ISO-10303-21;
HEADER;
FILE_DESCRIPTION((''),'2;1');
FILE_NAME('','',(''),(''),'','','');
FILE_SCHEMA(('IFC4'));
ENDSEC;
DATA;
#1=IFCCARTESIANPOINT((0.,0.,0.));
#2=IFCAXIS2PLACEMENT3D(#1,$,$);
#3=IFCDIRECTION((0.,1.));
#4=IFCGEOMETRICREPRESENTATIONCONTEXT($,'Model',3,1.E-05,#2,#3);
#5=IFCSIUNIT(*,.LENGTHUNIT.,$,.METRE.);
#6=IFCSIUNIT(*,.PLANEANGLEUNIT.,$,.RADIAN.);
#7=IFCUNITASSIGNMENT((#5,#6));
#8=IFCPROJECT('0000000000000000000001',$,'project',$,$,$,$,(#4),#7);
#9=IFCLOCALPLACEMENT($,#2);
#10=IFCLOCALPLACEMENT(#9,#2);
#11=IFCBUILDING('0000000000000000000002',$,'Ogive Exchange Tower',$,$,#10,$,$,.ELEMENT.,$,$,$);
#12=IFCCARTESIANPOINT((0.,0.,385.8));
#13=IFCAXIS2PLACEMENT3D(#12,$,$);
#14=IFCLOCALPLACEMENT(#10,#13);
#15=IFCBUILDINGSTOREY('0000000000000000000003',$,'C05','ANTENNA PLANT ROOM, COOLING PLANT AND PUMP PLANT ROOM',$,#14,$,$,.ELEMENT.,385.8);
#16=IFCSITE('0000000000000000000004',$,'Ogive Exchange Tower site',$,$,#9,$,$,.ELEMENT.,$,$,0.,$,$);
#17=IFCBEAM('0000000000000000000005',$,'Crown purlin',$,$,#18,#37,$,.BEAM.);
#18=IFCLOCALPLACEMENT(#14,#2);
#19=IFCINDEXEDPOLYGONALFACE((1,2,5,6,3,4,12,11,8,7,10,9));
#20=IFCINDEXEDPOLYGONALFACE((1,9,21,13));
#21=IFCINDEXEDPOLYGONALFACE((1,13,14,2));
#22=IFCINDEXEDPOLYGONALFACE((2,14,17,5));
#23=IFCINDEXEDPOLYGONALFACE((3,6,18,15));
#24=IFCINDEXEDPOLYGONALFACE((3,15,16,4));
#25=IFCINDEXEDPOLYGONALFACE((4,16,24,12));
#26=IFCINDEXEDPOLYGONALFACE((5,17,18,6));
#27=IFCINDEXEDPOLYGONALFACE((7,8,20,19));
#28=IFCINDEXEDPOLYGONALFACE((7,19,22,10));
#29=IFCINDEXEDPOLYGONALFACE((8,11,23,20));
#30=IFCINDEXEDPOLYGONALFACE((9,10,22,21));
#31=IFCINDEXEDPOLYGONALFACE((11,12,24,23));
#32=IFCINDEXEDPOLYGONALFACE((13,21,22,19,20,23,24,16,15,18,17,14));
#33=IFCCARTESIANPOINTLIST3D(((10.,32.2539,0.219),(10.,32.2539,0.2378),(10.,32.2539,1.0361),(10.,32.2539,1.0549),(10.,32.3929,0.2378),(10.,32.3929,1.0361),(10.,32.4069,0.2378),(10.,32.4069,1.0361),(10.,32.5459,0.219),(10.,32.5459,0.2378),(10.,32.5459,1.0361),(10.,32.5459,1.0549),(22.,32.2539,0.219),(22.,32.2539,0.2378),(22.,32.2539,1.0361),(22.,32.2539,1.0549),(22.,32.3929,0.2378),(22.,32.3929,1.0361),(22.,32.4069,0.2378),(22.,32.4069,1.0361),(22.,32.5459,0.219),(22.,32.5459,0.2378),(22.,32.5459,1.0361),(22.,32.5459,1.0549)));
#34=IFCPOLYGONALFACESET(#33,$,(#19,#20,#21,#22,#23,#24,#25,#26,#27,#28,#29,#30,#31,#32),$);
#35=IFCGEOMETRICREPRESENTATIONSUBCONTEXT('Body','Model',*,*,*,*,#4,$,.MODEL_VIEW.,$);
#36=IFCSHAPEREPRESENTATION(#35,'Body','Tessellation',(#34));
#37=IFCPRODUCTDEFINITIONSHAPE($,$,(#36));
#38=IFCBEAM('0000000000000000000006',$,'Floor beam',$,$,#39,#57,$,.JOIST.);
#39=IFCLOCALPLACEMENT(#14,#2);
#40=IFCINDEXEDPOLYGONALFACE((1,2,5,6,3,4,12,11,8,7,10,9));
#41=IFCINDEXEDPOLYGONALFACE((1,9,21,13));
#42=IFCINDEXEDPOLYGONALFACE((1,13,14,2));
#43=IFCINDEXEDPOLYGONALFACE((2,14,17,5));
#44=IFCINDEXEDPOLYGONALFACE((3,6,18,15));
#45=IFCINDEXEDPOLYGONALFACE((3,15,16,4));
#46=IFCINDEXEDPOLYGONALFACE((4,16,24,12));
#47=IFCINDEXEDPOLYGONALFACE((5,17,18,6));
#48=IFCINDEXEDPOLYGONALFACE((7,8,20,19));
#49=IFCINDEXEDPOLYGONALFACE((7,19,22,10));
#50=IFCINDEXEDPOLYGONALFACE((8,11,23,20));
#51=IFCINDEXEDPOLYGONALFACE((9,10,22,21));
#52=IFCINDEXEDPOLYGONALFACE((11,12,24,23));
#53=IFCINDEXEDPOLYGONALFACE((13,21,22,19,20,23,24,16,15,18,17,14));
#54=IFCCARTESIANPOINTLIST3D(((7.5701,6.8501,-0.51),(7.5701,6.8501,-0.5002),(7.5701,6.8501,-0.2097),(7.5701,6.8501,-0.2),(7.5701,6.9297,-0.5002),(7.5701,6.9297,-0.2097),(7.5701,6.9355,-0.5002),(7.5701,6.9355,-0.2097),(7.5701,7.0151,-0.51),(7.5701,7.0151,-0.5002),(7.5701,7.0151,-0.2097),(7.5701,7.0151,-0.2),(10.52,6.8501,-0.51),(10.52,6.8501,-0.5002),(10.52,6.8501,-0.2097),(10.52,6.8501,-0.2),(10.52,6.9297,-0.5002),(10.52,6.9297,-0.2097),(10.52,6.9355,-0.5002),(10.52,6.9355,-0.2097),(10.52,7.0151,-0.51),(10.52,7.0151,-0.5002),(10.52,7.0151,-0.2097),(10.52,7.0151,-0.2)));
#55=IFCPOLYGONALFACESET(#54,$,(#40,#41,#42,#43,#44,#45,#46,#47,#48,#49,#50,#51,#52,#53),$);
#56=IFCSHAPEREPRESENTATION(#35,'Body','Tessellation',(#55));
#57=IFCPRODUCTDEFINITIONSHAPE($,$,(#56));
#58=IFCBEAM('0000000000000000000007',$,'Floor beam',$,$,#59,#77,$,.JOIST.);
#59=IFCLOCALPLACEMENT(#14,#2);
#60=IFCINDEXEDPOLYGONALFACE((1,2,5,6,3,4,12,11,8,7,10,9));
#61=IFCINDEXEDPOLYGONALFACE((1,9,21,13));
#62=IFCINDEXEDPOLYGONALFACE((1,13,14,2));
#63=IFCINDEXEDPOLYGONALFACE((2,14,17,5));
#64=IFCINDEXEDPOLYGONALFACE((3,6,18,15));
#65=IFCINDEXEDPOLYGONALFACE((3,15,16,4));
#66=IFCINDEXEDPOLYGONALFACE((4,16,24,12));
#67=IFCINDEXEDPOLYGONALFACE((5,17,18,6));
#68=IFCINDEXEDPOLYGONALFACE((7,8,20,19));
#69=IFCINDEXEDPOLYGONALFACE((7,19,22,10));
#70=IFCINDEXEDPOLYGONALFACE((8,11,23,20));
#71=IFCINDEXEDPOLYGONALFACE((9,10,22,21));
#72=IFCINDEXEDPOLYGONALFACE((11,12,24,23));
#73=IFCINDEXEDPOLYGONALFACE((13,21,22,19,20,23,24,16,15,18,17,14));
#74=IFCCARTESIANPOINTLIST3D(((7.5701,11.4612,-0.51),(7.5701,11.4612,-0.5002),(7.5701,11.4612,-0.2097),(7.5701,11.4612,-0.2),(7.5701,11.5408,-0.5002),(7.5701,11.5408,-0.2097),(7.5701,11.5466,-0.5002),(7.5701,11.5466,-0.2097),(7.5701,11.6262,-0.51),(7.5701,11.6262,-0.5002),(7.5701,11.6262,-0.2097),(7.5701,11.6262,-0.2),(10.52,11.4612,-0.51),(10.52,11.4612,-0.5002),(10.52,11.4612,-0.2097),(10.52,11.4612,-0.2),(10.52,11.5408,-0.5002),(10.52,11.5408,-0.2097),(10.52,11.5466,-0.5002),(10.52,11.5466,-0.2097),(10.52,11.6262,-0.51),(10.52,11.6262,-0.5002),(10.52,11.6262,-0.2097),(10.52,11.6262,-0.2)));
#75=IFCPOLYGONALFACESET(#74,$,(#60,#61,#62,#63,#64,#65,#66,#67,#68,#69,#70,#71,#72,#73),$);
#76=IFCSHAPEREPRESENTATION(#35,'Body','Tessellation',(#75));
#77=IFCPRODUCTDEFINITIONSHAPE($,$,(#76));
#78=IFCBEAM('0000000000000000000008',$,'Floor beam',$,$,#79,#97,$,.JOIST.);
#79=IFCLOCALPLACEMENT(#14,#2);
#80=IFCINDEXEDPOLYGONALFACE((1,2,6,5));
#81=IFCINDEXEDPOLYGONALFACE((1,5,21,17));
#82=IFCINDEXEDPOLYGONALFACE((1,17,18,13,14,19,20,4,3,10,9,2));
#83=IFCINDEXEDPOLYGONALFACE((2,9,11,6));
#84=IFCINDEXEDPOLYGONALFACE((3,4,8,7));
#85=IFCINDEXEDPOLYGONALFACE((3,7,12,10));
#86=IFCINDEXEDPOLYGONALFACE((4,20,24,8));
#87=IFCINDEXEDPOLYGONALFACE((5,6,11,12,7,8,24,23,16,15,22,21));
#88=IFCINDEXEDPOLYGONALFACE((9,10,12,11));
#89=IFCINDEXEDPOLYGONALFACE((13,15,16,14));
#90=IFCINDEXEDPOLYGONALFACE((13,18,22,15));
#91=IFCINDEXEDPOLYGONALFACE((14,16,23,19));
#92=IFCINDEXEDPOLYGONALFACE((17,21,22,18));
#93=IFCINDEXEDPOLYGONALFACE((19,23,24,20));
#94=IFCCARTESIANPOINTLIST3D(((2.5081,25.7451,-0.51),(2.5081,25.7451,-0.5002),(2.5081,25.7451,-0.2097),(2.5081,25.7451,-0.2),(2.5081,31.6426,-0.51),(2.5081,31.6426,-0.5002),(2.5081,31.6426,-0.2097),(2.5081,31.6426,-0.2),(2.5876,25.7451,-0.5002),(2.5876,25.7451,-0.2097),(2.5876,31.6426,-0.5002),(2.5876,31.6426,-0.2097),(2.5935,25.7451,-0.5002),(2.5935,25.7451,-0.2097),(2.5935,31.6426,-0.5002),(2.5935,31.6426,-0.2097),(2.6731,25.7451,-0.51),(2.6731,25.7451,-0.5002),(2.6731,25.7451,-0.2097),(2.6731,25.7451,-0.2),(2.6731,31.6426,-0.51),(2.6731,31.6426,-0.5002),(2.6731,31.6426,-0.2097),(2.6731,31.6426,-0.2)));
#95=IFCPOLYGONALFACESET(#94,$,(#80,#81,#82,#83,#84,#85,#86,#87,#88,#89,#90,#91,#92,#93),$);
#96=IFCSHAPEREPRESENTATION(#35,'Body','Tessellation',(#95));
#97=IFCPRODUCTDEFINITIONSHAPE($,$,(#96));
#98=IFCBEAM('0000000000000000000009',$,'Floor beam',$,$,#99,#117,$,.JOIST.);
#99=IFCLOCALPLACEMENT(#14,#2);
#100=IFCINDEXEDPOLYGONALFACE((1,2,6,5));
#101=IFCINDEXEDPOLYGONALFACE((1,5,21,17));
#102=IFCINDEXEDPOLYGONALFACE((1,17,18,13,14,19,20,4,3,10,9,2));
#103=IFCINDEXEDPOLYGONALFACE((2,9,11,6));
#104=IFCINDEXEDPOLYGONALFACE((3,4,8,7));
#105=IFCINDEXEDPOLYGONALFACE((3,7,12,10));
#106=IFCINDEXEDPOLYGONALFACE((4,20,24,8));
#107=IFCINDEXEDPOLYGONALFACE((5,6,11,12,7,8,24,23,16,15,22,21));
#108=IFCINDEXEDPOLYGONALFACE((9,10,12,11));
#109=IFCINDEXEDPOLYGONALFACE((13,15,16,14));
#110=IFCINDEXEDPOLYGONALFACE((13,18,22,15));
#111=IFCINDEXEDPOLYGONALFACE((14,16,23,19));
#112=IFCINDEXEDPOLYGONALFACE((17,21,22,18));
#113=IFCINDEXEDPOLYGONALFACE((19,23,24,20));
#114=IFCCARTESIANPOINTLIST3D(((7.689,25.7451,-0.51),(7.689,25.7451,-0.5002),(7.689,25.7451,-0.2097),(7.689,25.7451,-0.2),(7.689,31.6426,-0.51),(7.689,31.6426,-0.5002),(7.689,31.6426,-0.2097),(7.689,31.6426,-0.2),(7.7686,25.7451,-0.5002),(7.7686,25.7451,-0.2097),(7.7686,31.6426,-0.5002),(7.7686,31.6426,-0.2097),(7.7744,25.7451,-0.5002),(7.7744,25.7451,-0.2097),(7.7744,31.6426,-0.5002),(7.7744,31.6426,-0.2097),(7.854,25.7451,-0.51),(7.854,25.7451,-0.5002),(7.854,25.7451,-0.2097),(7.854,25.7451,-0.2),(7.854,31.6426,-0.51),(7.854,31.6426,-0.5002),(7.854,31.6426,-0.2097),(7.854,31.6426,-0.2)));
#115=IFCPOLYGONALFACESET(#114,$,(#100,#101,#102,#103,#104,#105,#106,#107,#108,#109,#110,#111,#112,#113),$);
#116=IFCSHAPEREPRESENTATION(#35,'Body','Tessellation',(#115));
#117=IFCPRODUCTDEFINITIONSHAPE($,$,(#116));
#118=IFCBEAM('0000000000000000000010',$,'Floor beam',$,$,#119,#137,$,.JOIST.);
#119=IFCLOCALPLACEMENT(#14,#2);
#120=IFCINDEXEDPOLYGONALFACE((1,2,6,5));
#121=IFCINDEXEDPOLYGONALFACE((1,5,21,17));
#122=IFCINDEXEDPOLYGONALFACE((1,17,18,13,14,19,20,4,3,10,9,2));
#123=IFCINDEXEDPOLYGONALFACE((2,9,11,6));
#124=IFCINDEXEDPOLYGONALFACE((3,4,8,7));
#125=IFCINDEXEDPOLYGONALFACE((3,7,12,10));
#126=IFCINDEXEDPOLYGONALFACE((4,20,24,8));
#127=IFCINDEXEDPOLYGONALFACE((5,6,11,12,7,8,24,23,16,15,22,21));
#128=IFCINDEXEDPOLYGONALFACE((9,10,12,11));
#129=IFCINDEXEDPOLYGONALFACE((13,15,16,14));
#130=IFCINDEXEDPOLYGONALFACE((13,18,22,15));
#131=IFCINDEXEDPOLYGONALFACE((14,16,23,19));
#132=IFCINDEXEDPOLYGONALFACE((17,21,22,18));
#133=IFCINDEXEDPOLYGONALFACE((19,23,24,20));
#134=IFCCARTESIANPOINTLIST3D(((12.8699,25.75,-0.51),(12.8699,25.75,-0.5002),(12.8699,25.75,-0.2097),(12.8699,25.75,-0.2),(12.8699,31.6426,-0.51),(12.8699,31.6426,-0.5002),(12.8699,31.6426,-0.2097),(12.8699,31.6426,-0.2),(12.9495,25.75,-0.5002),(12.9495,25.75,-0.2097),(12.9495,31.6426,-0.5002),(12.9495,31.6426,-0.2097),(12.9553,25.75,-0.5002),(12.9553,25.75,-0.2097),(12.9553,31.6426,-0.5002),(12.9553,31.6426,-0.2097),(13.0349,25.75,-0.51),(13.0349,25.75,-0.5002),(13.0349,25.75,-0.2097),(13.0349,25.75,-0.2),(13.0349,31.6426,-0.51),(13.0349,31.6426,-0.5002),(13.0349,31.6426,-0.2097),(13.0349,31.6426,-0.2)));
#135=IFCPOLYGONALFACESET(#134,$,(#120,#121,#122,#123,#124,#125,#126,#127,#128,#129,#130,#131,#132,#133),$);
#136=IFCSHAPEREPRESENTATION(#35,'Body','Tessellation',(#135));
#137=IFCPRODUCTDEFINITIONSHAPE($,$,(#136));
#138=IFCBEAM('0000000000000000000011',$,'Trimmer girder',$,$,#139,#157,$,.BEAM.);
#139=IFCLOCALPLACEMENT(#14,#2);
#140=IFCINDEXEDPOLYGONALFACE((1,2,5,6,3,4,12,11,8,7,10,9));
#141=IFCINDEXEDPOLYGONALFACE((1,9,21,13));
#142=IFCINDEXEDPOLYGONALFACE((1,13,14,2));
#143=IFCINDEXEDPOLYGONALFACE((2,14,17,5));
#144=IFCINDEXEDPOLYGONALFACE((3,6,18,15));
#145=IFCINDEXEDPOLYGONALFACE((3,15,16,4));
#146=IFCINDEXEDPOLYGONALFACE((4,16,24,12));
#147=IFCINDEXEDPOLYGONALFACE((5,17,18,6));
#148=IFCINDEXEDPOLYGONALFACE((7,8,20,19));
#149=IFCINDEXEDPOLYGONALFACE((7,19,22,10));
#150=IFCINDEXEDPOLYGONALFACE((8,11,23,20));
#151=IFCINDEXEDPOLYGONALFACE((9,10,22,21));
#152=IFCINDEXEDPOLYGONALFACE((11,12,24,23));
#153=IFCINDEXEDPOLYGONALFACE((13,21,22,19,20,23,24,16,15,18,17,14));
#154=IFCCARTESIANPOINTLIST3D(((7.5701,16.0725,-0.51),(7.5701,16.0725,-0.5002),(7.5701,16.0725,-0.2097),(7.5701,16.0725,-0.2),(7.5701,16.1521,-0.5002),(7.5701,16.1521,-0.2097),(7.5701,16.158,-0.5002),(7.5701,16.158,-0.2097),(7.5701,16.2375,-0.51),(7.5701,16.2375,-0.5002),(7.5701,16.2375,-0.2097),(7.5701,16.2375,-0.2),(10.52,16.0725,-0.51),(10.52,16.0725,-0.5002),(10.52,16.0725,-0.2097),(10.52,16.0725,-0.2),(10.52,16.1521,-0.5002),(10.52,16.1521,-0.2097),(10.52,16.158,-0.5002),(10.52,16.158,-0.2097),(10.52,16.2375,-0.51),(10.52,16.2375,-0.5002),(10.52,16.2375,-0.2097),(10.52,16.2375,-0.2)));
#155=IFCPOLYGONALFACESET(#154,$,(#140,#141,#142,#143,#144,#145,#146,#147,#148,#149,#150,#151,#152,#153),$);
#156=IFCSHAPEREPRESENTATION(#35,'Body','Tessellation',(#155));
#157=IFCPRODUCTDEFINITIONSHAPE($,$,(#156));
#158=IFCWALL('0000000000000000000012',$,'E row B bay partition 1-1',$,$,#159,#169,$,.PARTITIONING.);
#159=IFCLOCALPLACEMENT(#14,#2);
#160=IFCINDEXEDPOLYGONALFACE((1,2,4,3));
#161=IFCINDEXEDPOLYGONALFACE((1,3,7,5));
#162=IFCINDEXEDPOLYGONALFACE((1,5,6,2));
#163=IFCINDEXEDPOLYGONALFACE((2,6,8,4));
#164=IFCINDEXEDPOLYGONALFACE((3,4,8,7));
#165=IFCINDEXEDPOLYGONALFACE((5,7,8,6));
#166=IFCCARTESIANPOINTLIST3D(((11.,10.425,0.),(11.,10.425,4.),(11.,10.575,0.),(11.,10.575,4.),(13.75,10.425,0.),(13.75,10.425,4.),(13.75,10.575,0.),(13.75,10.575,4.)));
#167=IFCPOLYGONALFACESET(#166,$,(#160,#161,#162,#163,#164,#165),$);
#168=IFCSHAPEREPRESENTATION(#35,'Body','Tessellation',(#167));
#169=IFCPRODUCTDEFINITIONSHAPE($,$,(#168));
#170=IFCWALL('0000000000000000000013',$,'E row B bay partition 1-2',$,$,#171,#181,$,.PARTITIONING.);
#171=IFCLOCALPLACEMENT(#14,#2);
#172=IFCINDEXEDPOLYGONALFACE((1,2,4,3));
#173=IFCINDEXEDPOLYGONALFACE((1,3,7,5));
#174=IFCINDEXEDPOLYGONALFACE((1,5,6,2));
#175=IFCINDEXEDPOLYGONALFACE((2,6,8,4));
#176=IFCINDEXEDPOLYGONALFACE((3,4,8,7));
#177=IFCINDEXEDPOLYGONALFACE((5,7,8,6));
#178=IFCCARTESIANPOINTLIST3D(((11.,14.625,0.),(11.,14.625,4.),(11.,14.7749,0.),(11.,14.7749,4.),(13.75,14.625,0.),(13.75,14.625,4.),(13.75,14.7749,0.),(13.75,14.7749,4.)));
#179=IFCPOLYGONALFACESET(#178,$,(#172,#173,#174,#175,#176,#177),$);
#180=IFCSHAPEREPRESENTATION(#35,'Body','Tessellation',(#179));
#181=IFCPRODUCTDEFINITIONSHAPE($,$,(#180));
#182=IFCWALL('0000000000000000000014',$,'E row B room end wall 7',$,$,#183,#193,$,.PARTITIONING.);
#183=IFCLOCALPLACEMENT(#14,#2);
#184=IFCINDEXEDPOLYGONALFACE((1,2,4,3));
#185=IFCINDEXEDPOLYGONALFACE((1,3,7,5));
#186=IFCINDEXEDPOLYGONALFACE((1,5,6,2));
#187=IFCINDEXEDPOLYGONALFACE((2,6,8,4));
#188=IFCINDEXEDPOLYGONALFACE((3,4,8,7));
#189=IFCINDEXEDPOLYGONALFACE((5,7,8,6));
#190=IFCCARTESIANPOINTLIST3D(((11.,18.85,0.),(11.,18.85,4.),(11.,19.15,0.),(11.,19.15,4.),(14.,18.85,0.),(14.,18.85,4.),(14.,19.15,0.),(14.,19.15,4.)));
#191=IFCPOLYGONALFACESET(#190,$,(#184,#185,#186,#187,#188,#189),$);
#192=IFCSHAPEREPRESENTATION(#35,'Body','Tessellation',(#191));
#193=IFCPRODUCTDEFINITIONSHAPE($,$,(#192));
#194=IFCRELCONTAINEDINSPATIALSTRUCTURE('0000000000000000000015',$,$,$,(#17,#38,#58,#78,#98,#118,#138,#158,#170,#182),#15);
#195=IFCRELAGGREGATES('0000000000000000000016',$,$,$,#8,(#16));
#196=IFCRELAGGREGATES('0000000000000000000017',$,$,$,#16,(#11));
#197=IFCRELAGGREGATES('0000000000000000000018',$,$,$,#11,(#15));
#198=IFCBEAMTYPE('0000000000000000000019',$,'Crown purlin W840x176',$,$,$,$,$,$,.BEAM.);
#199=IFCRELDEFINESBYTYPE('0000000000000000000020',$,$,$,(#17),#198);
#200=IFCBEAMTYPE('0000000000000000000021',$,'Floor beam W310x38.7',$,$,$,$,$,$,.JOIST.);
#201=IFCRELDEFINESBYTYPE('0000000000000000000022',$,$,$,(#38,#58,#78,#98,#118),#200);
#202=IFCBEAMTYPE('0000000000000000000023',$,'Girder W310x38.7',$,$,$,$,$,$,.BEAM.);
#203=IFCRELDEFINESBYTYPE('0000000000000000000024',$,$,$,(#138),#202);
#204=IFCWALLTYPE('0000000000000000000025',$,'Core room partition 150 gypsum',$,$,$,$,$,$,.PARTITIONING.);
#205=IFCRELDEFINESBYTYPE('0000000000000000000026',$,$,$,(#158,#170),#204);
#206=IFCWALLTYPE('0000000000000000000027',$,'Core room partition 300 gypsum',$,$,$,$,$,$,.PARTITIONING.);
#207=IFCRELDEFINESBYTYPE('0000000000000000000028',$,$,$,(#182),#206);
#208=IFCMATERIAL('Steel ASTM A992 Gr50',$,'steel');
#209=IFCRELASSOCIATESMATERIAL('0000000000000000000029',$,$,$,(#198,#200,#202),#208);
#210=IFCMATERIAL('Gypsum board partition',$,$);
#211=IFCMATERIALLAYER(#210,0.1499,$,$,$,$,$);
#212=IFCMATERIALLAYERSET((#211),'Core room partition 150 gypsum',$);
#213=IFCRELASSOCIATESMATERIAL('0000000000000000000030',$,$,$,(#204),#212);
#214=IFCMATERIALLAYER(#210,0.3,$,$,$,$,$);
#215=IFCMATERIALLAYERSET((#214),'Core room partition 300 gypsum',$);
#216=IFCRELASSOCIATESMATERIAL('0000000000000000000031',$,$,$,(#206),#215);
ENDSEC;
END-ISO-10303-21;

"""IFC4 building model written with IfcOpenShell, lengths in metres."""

from ifc_helpers import new_model, si_unit, direction, frame, frame_2d, origin, origin_2d, place, context, subcontext, project, spatial, rectangle, i_section, extrude, material, layer, layer_set, material_profile, profile_set, type_object, element, save


model = new_model("IFC4")

# Units and contexts
model_context = context("Model", 3, precision=1e-05, world=origin(), true_north=direction((0.0, 1.0)))
body_context = subcontext(model_context, "Body", "Model", "MODEL_VIEW")
ifc_project = project(units=[si_unit("LENGTHUNIT", "METRE"), si_unit("PLANEANGLEUNIT", "RADIAN")], contexts=[model_context])

# Site, building, storey
site_placement = place(None, origin())
site = spatial("IfcSite", under=ifc_project, at=site_placement, Name="Ogive Exchange Tower site", CompositionType="ELEMENT", RefElevation=0.0)
building_placement = place(site_placement, origin())
building = spatial("IfcBuilding", under=site, at=building_placement, Name="Ogive Exchange Tower", CompositionType="ELEMENT")
storey_placement = place(building_placement, frame((0.0, 0.0, 385.8)))
storey = spatial("IfcBuildingStorey", under=building, at=storey_placement, Name="C05", Description="ANTENNA PLANT ROOM, COOLING PLANT AND PUMP PLANT ROOM", CompositionType="ELEMENT", Elevation=385.8)

# Beams
ifc_material_1 = material(Name="Steel ASTM A992 Gr50", Category="steel")
ifc_material_profile_1 = material_profile(ifc_material_1, i_section(OverallWidth=0.292, OverallDepth=0.8359, WebThickness=0.0139, FlangeThickness=0.0188, at=origin_2d()), Name="W840x176")
ifc_profile_set_1 = profile_set([ifc_material_profile_1], Name="Steel ASTM A992 Gr50")
beam_type_1 = type_object("IfcBeamType", Name="Crown purlin W840x176", PredefinedType="BEAM", material=ifc_profile_set_1)
beam_1_placement = place(storey_placement, frame((10.0, 32.3999, 0.637), z_axis=(1.0, 0.0, 0.0), x_axis=(0.0, 1.0, 0.0)))
element("IfcBeam", 1, at=beam_1_placement, inside=storey, type_object=beam_type_1, Name="Crown purlin", PredefinedType="BEAM", context=body_context, shape_type="SweptSolid", body=[
    extrude(i_section(OverallWidth=0.292, OverallDepth=0.8359, WebThickness=0.0139, FlangeThickness=0.0188, at=origin_2d()), origin(), (0.0, 0.0, 1.0), 12.0),
])
ifc_material_profile_2 = material_profile(ifc_material_1, i_section(OverallWidth=0.165, OverallDepth=0.3101, WebThickness=0.0059, FlangeThickness=0.0098, at=origin_2d()), Name="W310x38.7")
ifc_profile_set_2 = profile_set([ifc_material_profile_2], Name="Steel ASTM A992 Gr50")
beam_type_2 = type_object("IfcBeamType", Name="Floor beam W310x38.7", PredefinedType="JOIST", material=ifc_profile_set_2)
for number, where, z_axis, x_axis, name in (
    (2, (7.5701, 6.9326, -0.355), (1.0, 0.0, 0.0), (0.0, 1.0, 0.0), "Floor beam"),
    (3, (7.5701, 11.5437, -0.355), (1.0, 0.0, 0.0), (0.0, 1.0, 0.0), "Floor beam"),
):
    element("IfcBeam", number, at=place(storey_placement, frame(where, z_axis=z_axis, x_axis=x_axis)), inside=storey, type_object=beam_type_2, Name=name, PredefinedType="JOIST", context=body_context, shape_type="SweptSolid", body=[
        extrude(i_section(OverallWidth=0.165, OverallDepth=0.3101, WebThickness=0.0059, FlangeThickness=0.0098, at=origin_2d()), origin(), (0.0, 0.0, 1.0), 2.95),
    ])
for number, where, z_axis, x_axis, name in (
    (4, (2.5906, 25.7451, -0.355), (0.0, 1.0, 0.0), (-1.0, 0.0, 0.0), "Floor beam"),
    (5, (7.7715, 25.7451, -0.355), (0.0, 1.0, 0.0), (-1.0, 0.0, 0.0), "Floor beam"),
):
    element("IfcBeam", number, at=place(storey_placement, frame(where, z_axis=z_axis, x_axis=x_axis)), inside=storey, type_object=beam_type_2, Name=name, PredefinedType="JOIST", context=body_context, shape_type="SweptSolid", body=[
        extrude(i_section(OverallWidth=0.165, OverallDepth=0.3101, WebThickness=0.0059, FlangeThickness=0.0098, at=origin_2d()), origin(), (0.0, 0.0, 1.0), 5.8975),
    ])
beam_2_placement = place(storey_placement, frame((12.9524, 25.75, -0.355), z_axis=(0.0, 1.0, 0.0), x_axis=(-1.0, 0.0, 0.0)))
element("IfcBeam", 6, at=beam_2_placement, inside=storey, type_object=beam_type_2, Name="Floor beam", PredefinedType="JOIST", context=body_context, shape_type="SweptSolid", body=[
    extrude(i_section(OverallWidth=0.165, OverallDepth=0.3101, WebThickness=0.0059, FlangeThickness=0.0098, at=origin_2d()), origin(), (0.0, 0.0, 1.0), 5.8926),
])
ifc_material_profile_3 = material_profile(ifc_material_1, i_section(OverallWidth=0.165, OverallDepth=0.3101, WebThickness=0.0059, FlangeThickness=0.0098, at=origin_2d()), Name="W310x38.7")
ifc_profile_set_3 = profile_set([ifc_material_profile_3], Name="Steel ASTM A992 Gr50")
beam_type_3 = type_object("IfcBeamType", Name="Girder W310x38.7", PredefinedType="BEAM", material=ifc_profile_set_3)
beam_3_placement = place(storey_placement, frame((7.5701, 16.155, -0.355), z_axis=(1.0, 0.0, 0.0), x_axis=(0.0, 1.0, 0.0)))
element("IfcBeam", 7, at=beam_3_placement, inside=storey, type_object=beam_type_3, Name="Trimmer girder", PredefinedType="BEAM", context=body_context, shape_type="SweptSolid", body=[
    extrude(i_section(OverallWidth=0.165, OverallDepth=0.3101, WebThickness=0.0059, FlangeThickness=0.0098, at=origin_2d()), origin(), (0.0, 0.0, 1.0), 2.95),
])

# Walls
ifc_material_2 = material(Name="Gypsum board partition")
ifc_layer_1 = layer(ifc_material_2, 0.1499)
ifc_layer_set_1 = layer_set([ifc_layer_1], Name="Core room partition 150 gypsum")
wall_type_1 = type_object("IfcWallType", Name="Core room partition 150 gypsum", PredefinedType="PARTITIONING", material=ifc_layer_set_1)
for number, where, z_axis, x_axis, name in (
    (8, (11.0, 10.5, 0.0), (0.0, 0.0, 1.0), (1.0, 0.0, 0.0), "E row B bay partition 1-1"),
    (9, (11.0, 14.7, 0.0), (0.0, 0.0, 1.0), (1.0, 0.0, 0.0), "E row B bay partition 1-2"),
):
    element("IfcWall", number, at=place(storey_placement, frame(where, z_axis=z_axis, x_axis=x_axis)), inside=storey, type_object=wall_type_1, Name=name, PredefinedType="PARTITIONING", context=body_context, shape_type="SweptSolid", body=[
        extrude(rectangle(XDim=2.75, YDim=0.1499, at=frame_2d((1.375, 0.0))), origin(), (0.0, 0.0, 1.0), 4.0),
    ])
ifc_layer_2 = layer(ifc_material_2, 0.3)
ifc_layer_set_2 = layer_set([ifc_layer_2], Name="Core room partition 300 gypsum")
wall_type_2 = type_object("IfcWallType", Name="Core room partition 300 gypsum", PredefinedType="PARTITIONING", material=ifc_layer_set_2)
wall_1_placement = place(storey_placement, frame((11.0, 19.0, 0.0), z_axis=(0.0, 0.0, 1.0), x_axis=(1.0, 0.0, 0.0)))
element("IfcWall", 10, at=wall_1_placement, inside=storey, type_object=wall_type_2, Name="E row B room end wall 7", PredefinedType="PARTITIONING", context=body_context, shape_type="SweptSolid", body=[
    extrude(rectangle(XDim=3.0, YDim=0.3, at=frame_2d((1.5, 0.0))), origin(), (0.0, 0.0, 1.0), 4.0),
])

save(model, "model.ifc")
